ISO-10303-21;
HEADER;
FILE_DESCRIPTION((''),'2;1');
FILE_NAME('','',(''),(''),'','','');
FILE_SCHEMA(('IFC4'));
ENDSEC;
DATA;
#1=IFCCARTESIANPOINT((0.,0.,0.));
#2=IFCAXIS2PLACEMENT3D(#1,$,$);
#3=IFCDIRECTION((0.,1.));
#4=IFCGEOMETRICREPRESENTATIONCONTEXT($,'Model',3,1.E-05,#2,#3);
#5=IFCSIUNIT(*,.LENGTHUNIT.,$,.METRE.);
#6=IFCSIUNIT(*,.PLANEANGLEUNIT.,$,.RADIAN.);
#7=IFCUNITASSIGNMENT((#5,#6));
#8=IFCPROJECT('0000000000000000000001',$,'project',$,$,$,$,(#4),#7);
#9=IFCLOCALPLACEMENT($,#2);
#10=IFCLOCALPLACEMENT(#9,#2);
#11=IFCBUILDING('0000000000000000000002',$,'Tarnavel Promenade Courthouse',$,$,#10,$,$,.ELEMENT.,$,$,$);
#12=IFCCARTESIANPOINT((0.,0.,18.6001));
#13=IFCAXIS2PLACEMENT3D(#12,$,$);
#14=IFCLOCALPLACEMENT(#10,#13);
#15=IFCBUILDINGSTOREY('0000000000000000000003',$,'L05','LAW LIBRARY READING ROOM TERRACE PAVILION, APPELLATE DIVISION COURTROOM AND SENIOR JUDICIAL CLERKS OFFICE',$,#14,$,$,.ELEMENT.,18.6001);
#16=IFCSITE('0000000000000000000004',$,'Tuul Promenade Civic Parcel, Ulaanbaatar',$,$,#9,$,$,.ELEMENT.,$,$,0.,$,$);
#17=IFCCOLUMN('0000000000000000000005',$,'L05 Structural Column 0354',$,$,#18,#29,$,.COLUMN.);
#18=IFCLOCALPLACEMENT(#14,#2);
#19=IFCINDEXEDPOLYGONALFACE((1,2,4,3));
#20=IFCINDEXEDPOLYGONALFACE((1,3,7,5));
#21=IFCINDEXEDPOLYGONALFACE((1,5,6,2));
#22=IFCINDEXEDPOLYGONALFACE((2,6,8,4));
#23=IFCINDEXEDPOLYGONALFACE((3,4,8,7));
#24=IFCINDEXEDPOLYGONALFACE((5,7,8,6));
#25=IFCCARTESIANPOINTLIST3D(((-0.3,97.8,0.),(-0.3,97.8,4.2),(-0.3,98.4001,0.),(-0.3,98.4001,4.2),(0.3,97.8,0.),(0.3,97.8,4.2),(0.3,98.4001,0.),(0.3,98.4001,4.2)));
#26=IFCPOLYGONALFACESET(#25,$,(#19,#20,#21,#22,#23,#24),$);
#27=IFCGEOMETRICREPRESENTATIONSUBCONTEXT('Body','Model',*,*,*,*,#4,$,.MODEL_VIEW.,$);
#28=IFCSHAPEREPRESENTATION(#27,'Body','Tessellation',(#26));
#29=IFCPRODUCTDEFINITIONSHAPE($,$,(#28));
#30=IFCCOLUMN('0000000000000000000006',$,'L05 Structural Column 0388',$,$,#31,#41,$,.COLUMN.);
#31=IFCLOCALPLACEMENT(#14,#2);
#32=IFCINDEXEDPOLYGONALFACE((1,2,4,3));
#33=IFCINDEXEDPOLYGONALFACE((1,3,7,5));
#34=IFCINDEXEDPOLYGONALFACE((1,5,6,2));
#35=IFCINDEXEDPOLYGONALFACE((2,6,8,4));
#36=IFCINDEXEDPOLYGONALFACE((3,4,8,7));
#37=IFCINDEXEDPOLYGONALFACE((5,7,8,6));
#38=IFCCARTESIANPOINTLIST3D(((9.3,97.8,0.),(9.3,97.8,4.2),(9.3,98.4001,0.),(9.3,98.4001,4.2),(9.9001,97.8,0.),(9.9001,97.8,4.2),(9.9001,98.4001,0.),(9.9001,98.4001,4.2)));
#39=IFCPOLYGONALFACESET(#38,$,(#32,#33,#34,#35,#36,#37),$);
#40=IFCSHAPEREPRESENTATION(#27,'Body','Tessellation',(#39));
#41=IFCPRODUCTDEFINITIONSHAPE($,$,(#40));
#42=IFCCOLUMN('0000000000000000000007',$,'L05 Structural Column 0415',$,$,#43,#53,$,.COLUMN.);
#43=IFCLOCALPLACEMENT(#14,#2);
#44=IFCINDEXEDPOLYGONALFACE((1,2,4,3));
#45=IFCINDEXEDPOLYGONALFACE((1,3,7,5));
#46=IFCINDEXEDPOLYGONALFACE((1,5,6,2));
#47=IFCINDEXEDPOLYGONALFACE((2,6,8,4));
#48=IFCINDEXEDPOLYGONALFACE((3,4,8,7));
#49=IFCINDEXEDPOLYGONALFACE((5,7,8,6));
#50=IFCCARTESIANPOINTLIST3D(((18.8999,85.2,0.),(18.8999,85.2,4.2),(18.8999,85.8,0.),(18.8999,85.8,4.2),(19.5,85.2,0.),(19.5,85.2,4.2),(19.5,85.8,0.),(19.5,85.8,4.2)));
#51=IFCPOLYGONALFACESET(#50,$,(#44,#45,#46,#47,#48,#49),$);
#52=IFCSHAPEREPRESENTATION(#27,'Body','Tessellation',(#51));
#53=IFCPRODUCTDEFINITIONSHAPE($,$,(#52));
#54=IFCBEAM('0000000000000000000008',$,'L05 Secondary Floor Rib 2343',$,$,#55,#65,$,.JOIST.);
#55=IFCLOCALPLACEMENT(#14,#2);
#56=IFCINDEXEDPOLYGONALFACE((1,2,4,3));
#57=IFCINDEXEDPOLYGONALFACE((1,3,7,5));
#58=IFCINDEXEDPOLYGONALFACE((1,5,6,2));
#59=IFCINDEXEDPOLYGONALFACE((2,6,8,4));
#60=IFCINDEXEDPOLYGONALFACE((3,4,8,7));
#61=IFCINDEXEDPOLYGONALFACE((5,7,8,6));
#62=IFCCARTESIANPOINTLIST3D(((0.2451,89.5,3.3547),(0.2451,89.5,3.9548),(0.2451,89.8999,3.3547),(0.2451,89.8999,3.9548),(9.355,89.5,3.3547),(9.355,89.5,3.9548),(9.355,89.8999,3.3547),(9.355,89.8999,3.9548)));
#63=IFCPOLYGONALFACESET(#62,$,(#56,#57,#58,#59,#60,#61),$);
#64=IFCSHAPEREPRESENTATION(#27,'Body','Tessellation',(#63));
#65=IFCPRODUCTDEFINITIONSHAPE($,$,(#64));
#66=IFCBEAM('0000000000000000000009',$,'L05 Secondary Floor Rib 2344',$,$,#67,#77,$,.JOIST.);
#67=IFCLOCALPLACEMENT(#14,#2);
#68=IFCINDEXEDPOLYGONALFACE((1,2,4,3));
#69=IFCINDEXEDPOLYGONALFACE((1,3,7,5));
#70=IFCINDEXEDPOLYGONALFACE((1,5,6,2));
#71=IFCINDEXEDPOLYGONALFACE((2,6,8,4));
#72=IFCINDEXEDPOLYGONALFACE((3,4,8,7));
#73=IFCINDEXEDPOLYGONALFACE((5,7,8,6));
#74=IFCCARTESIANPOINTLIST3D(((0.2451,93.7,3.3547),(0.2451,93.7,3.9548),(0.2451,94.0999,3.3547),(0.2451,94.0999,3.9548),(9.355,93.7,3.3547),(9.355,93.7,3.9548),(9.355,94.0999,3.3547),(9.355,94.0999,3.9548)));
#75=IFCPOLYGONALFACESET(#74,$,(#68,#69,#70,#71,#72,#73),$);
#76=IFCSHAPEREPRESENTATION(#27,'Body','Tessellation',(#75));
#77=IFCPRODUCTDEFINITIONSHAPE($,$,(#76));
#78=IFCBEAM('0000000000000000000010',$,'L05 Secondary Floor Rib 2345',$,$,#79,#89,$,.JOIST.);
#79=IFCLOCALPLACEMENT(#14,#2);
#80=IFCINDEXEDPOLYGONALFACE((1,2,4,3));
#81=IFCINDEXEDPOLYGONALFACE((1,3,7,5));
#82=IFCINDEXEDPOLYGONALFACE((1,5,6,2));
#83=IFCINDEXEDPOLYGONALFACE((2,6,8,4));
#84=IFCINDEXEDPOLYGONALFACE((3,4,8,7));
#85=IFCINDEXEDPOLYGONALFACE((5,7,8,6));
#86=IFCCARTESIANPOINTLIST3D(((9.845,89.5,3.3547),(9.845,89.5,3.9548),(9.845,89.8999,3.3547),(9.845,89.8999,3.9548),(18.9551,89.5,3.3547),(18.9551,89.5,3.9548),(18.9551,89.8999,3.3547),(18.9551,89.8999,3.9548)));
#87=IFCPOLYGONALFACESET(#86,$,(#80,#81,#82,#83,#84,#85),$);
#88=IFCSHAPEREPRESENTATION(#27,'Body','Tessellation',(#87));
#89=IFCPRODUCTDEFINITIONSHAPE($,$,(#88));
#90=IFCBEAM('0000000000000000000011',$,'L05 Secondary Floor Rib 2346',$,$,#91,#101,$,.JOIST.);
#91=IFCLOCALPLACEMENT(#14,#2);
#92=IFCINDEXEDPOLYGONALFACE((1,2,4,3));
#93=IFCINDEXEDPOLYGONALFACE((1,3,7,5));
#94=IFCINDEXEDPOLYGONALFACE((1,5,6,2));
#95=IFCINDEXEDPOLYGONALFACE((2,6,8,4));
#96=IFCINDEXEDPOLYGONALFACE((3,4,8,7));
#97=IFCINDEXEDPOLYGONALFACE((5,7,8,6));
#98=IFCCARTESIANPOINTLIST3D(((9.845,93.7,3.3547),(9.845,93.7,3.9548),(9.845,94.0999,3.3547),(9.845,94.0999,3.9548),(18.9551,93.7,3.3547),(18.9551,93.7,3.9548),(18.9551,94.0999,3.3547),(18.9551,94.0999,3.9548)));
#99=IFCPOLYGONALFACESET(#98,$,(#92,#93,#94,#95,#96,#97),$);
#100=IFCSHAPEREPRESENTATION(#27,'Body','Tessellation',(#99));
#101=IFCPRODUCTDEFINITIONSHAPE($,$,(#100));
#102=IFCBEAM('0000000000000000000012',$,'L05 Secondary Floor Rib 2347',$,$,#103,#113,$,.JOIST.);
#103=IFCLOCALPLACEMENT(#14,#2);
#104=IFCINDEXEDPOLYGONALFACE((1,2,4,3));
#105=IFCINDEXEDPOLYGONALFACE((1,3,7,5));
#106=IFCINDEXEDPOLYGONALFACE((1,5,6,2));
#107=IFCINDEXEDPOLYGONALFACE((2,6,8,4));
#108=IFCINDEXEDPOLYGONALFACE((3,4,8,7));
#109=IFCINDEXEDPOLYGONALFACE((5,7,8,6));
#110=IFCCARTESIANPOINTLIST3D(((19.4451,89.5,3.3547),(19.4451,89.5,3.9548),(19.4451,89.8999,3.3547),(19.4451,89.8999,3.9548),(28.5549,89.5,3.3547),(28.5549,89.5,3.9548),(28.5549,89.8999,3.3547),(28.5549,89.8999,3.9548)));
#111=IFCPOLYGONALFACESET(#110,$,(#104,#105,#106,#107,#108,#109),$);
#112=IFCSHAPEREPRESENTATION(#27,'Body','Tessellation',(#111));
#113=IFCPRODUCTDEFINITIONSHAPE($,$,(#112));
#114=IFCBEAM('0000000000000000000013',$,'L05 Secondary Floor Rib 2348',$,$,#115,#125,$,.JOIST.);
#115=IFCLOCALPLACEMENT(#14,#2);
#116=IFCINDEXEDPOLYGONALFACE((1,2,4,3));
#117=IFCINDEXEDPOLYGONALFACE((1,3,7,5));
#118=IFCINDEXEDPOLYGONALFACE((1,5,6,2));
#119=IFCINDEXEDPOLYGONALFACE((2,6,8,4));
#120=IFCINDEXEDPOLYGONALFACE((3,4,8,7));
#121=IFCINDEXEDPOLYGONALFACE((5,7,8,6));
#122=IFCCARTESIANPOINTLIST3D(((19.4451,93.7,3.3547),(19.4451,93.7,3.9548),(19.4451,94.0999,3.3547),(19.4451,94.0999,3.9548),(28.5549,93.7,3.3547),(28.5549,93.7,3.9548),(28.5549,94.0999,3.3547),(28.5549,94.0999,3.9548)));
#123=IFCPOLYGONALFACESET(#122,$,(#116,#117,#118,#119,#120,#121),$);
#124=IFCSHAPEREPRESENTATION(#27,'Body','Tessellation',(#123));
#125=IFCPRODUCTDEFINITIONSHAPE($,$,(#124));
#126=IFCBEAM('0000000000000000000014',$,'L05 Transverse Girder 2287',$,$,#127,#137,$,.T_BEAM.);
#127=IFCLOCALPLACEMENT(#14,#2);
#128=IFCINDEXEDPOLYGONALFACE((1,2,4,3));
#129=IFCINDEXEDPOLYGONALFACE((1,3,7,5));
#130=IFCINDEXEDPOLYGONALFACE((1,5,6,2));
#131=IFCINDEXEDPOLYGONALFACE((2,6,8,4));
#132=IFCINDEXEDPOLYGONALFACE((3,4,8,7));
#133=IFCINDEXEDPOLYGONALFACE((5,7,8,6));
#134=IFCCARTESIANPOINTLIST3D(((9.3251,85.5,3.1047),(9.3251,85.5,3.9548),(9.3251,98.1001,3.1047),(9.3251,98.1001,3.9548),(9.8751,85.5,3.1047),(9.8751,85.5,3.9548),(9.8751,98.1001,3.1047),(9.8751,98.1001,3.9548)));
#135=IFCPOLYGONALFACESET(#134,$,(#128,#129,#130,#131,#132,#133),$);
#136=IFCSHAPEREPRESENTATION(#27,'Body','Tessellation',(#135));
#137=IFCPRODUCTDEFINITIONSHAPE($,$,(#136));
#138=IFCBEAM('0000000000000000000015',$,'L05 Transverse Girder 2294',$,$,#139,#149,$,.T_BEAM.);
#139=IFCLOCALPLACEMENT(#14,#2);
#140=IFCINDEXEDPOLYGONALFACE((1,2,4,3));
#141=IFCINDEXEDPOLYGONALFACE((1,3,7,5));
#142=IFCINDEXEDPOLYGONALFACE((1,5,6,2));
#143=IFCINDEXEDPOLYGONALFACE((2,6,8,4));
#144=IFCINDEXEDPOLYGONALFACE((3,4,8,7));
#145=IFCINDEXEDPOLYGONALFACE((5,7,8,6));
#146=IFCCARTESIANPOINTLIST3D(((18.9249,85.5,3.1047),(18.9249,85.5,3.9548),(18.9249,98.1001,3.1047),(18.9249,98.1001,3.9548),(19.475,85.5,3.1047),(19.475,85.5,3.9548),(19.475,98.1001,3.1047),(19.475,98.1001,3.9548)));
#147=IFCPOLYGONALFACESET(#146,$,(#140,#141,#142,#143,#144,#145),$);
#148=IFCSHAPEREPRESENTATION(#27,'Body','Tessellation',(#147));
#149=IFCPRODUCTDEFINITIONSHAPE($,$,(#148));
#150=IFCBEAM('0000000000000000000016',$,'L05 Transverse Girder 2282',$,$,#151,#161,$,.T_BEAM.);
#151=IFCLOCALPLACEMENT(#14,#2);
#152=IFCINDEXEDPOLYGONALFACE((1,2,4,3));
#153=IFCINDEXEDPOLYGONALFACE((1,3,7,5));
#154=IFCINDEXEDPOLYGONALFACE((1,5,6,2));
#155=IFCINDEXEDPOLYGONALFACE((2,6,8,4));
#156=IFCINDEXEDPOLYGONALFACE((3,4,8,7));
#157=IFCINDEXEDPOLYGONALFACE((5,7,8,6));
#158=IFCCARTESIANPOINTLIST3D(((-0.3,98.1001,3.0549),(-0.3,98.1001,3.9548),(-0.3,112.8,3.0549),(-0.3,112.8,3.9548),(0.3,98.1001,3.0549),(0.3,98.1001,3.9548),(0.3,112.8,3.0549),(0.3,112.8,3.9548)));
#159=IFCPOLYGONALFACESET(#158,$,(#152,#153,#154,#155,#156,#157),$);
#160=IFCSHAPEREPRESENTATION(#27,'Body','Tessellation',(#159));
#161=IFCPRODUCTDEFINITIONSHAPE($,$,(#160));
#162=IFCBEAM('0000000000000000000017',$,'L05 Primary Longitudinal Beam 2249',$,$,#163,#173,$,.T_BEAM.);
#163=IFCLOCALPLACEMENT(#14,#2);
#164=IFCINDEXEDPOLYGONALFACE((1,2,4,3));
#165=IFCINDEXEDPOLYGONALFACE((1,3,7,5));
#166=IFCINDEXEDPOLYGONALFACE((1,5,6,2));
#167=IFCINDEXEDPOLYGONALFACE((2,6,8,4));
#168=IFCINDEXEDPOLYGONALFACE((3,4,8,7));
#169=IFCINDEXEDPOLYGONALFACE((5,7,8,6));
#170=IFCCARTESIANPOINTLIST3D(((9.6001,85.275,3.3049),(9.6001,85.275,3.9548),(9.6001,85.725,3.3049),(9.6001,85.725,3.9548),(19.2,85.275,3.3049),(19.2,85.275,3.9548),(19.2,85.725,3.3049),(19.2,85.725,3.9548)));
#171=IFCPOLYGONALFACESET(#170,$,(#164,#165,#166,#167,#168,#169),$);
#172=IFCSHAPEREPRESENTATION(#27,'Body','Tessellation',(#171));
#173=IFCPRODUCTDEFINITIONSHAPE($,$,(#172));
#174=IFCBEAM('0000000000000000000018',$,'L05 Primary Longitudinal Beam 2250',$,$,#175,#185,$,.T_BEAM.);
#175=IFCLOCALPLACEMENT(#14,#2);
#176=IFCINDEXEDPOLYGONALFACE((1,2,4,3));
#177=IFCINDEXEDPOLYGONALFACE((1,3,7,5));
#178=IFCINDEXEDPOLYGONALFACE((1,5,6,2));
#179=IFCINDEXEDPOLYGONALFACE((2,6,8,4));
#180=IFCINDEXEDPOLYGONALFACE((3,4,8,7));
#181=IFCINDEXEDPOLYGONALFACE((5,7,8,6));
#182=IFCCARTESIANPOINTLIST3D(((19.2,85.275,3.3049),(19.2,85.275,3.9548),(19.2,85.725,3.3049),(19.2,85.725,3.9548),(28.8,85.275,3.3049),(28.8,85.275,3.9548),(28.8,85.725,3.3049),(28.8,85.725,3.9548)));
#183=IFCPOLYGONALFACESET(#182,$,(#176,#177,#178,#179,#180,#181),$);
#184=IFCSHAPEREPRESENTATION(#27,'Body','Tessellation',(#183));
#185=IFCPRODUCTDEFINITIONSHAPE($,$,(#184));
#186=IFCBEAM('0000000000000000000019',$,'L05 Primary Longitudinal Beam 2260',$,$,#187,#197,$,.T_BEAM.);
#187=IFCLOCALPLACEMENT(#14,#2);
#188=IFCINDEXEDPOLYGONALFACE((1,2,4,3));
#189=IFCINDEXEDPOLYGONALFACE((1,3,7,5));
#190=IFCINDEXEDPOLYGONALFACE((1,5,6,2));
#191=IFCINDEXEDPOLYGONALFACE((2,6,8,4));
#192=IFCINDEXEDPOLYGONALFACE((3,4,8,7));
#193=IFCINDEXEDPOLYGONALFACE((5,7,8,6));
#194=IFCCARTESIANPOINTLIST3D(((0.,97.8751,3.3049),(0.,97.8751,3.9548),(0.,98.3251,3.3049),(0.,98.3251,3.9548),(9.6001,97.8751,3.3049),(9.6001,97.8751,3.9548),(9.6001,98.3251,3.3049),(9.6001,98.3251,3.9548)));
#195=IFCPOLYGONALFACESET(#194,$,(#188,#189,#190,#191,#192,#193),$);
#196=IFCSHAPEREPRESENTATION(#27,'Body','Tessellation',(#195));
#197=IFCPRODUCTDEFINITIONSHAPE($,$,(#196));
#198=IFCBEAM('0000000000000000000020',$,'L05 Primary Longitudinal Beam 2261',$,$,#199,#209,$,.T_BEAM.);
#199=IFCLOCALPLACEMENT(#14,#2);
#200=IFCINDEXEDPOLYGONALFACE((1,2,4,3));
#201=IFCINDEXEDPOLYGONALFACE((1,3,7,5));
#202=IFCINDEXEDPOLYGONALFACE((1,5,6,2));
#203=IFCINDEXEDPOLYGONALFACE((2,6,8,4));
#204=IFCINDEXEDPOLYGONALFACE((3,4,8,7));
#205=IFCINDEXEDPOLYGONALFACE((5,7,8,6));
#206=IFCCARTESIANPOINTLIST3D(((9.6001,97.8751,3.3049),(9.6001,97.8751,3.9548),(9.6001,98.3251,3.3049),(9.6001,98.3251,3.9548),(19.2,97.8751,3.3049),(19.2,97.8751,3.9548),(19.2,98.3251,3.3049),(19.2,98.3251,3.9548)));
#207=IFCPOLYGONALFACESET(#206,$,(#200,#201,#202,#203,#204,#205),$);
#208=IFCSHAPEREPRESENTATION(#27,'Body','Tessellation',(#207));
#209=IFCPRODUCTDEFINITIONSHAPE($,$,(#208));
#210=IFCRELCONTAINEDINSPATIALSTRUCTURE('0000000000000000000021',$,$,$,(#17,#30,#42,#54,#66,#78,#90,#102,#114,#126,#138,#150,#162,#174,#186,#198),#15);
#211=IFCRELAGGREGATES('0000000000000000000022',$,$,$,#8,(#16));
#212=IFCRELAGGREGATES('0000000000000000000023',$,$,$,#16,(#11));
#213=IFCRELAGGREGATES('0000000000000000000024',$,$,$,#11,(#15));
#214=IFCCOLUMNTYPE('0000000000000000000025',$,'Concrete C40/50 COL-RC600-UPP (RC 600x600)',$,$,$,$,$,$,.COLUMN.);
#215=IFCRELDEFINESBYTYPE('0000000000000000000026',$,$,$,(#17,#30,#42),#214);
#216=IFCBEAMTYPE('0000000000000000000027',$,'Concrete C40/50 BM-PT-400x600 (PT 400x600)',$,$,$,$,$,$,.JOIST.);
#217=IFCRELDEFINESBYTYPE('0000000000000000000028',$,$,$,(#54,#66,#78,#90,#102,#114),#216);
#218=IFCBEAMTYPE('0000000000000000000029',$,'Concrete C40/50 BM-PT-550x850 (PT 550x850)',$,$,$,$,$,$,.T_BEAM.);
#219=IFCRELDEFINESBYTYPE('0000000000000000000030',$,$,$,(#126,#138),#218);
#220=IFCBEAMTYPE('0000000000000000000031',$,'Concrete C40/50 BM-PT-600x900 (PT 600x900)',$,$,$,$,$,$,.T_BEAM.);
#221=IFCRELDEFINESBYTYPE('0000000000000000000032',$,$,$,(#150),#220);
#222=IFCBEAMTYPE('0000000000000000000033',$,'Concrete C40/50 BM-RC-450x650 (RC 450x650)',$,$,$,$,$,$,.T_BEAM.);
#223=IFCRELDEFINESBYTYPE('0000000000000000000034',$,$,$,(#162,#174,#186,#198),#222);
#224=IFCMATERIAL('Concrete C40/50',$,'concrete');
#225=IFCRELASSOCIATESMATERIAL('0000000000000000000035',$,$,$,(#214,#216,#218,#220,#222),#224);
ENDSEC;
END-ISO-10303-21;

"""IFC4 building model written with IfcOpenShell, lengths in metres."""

from ifc_helpers import new_model, si_unit, direction, frame, origin, origin_2d, place, context, subcontext, project, spatial, rectangle, extrude, material, material_profile, profile_set, type_object, element, save


model = new_model("IFC4")

# Units and contexts
model_context = context("Model", 3, precision=1e-05, world=origin(), true_north=direction((0.0, 1.0)))
body_context = subcontext(model_context, "Body", "Model", "MODEL_VIEW")
ifc_project = project(units=[si_unit("LENGTHUNIT", "METRE"), si_unit("PLANEANGLEUNIT", "RADIAN")], contexts=[model_context])

# Site, building, storey
site_placement = place(None, origin())
site = spatial("IfcSite", under=ifc_project, at=site_placement, Name="Tuul Promenade Civic Parcel, Ulaanbaatar", CompositionType="ELEMENT", RefElevation=0.0)
building_placement = place(site_placement, origin())
building = spatial("IfcBuilding", under=site, at=building_placement, Name="Tarnavel Promenade Courthouse", CompositionType="ELEMENT")
storey_placement = place(building_placement, frame((0.0, 0.0, 18.6001)))
storey = spatial("IfcBuildingStorey", under=building, at=storey_placement, Name="L05", Description="LAW LIBRARY READING ROOM TERRACE PAVILION, APPELLATE DIVISION COURTROOM AND SENIOR JUDICIAL CLERKS OFFICE", CompositionType="ELEMENT", Elevation=18.6001)

# Columns
ifc_material_1 = material(Name="Concrete C40/50", Category="concrete")
ifc_material_profile_1 = material_profile(ifc_material_1, rectangle(XDim=0.6001, YDim=0.6001, at=origin_2d()), Name="RC 600x600")
ifc_profile_set_1 = profile_set([ifc_material_profile_1], Name="Concrete C40/50")
column_type = type_object("IfcColumnType", Name="Concrete C40/50 COL-RC600-UPP (RC 600x600)", PredefinedType="COLUMN", material=ifc_profile_set_1)
for number, where, z_axis, x_axis, name in (
    (1, (0.0, 98.1001, 0.0), (0.0, 0.0, 1.0), (1.0, 0.0, 0.0), "L05 Structural Column 0354"),
    (2, (9.6001, 98.1001, 0.0), (0.0, 0.0, 1.0), (1.0, 0.0, 0.0), "L05 Structural Column 0388"),
    (3, (19.2, 85.5, 0.0), (0.0, 0.0, 1.0), (1.0, 0.0, 0.0), "L05 Structural Column 0415"),
):
    element("IfcColumn", number, at=place(storey_placement, frame(where, z_axis=z_axis, x_axis=x_axis)), inside=storey, type_object=column_type, Name=name, PredefinedType="COLUMN", context=body_context, shape_type="SweptSolid", body=[
        extrude(rectangle(XDim=0.6001, YDim=0.6001, at=origin_2d()), origin(), (0.0, 0.0, 1.0), 4.2),
    ])

# Beams
ifc_material_profile_2 = material_profile(ifc_material_1, rectangle(XDim=0.3999, YDim=0.6001, at=origin_2d()), Name="PT 400x600")
ifc_profile_set_2 = profile_set([ifc_material_profile_2], Name="Concrete C40/50")
beam_type_1 = type_object("IfcBeamType", Name="Concrete C40/50 BM-PT-400x600 (PT 400x600)", PredefinedType="JOIST", material=ifc_profile_set_2)
for number, where, z_axis, x_axis, name in (
    (4, (0.2451, 89.7, 3.6548), (1.0, 0.0, 0.0), (0.0, 1.0, 0.0), "L05 Secondary Floor Rib 2343"),
    (5, (0.2451, 93.8999, 3.6548), (1.0, 0.0, 0.0), (0.0, 1.0, 0.0), "L05 Secondary Floor Rib 2344"),
):
    element("IfcBeam", number, at=place(storey_placement, frame(where, z_axis=z_axis, x_axis=x_axis)), inside=storey, type_object=beam_type_1, Name=name, PredefinedType="JOIST", context=body_context, shape_type="SweptSolid", body=[
        extrude(rectangle(XDim=0.3999, YDim=0.6001, at=origin_2d()), origin(), (0.0, 0.0, 1.0), 9.1099),
    ])
for number, where, z_axis, x_axis, name in (
    (6, (9.845, 89.7, 3.6548), (1.0, 0.0, 0.0), (0.0, 1.0, 0.0), "L05 Secondary Floor Rib 2345"),
    (7, (9.845, 93.8999, 3.6548), (1.0, 0.0, 0.0), (0.0, 1.0, 0.0), "L05 Secondary Floor Rib 2346"),
):
    element("IfcBeam", number, at=place(storey_placement, frame(where, z_axis=z_axis, x_axis=x_axis)), inside=storey, type_object=beam_type_1, Name=name, PredefinedType="JOIST", context=body_context, shape_type="SweptSolid", body=[
        extrude(rectangle(XDim=0.3999, YDim=0.6001, at=origin_2d()), origin(), (0.0, 0.0, 1.0), 9.1101),
    ])
for number, where, z_axis, x_axis, name in (
    (8, (19.4451, 89.7, 3.6548), (1.0, 0.0, 0.0), (0.0, 1.0, 0.0), "L05 Secondary Floor Rib 2347"),
    (9, (19.4451, 93.8999, 3.6548), (1.0, 0.0, 0.0), (0.0, 1.0, 0.0), "L05 Secondary Floor Rib 2348"),
):
    element("IfcBeam", number, at=place(storey_placement, frame(where, z_axis=z_axis, x_axis=x_axis)), inside=storey, type_object=beam_type_1, Name=name, PredefinedType="JOIST", context=body_context, shape_type="SweptSolid", body=[
        extrude(rectangle(XDim=0.3999, YDim=0.6001, at=origin_2d()), origin(), (0.0, 0.0, 1.0), 9.1099),
    ])
ifc_material_profile_3 = material_profile(ifc_material_1, rectangle(XDim=0.55, YDim=0.8501, at=origin_2d()), Name="PT 550x850")
ifc_profile_set_3 = profile_set([ifc_material_profile_3], Name="Concrete C40/50")
beam_type_2 = type_object("IfcBeamType", Name="Concrete C40/50 BM-PT-550x850 (PT 550x850)", PredefinedType="T_BEAM", material=ifc_profile_set_3)
for number, where, z_axis, x_axis, name in (
    (10, (9.6001, 85.5, 3.5298), (0.0, 1.0, 0.0), (-1.0, 0.0, 0.0), "L05 Transverse Girder 2287"),
    (11, (19.2, 85.5, 3.5298), (0.0, 1.0, 0.0), (-1.0, 0.0, 0.0), "L05 Transverse Girder 2294"),
):
    element("IfcBeam", number, at=place(storey_placement, frame(where, z_axis=z_axis, x_axis=x_axis)), inside=storey, type_object=beam_type_2, Name=name, PredefinedType="T_BEAM", context=body_context, shape_type="SweptSolid", body=[
        extrude(rectangle(XDim=0.55, YDim=0.8501, at=origin_2d()), origin(), (0.0, 0.0, 1.0), 12.6001),
    ])
ifc_material_profile_4 = material_profile(ifc_material_1, rectangle(XDim=0.6001, YDim=0.8999, at=origin_2d()), Name="PT 600x900")
ifc_profile_set_4 = profile_set([ifc_material_profile_4], Name="Concrete C40/50")
beam_type_3 = type_object("IfcBeamType", Name="Concrete C40/50 BM-PT-600x900 (PT 600x900)", PredefinedType="T_BEAM", material=ifc_profile_set_4)
beam_1_placement = place(storey_placement, frame((0.0, 98.1001, 3.5049), z_axis=(0.0, 1.0, 0.0), x_axis=(-1.0, 0.0, 0.0)))
element("IfcBeam", 12, at=beam_1_placement, inside=storey, type_object=beam_type_3, Name="L05 Transverse Girder 2282", PredefinedType="T_BEAM", context=body_context, shape_type="SweptSolid", body=[
    extrude(rectangle(XDim=0.6001, YDim=0.8999, at=origin_2d()), origin(), (0.0, 0.0, 1.0), 14.7),
])
ifc_material_profile_5 = material_profile(ifc_material_1, rectangle(XDim=0.45, YDim=0.6499, at=origin_2d()), Name="RC 450x650")
ifc_profile_set_5 = profile_set([ifc_material_profile_5], Name="Concrete C40/50")
beam_type_4 = type_object("IfcBeamType", Name="Concrete C40/50 BM-RC-450x650 (RC 450x650)", PredefinedType="T_BEAM", material=ifc_profile_set_5)
beam_2_placement = place(storey_placement, frame((9.6001, 85.5, 3.6299), z_axis=(1.0, 0.0, 0.0), x_axis=(0.0, 1.0, 0.0)))
element("IfcBeam", 13, at=beam_2_placement, inside=storey, type_object=beam_type_4, Name="L05 Primary Longitudinal Beam 2249", PredefinedType="T_BEAM", context=body_context, shape_type="SweptSolid", body=[
    extrude(rectangle(XDim=0.45, YDim=0.6499, at=origin_2d()), origin(), (0.0, 0.0, 1.0), 9.5999),
])
for number, where, z_axis, x_axis, name in (
    (14, (19.2, 85.5, 3.6299), (1.0, 0.0, 0.0), (0.0, 1.0, 0.0), "L05 Primary Longitudinal Beam 2250"),
    (15, (0.0, 98.1001, 3.6299), (1.0, 0.0, 0.0), (0.0, 1.0, 0.0), "L05 Primary Longitudinal Beam 2260"),
):
    element("IfcBeam", number, at=place(storey_placement, frame(where, z_axis=z_axis, x_axis=x_axis)), inside=storey, type_object=beam_type_4, Name=name, PredefinedType="T_BEAM", context=body_context, shape_type="SweptSolid", body=[
        extrude(rectangle(XDim=0.45, YDim=0.6499, at=origin_2d()), origin(), (0.0, 0.0, 1.0), 9.6001),
    ])
beam_3_placement = place(storey_placement, frame((9.6001, 98.1001, 3.6299), z_axis=(1.0, 0.0, 0.0), x_axis=(0.0, 1.0, 0.0)))
element("IfcBeam", 16, at=beam_3_placement, inside=storey, type_object=beam_type_4, Name="L05 Primary Longitudinal Beam 2261", PredefinedType="T_BEAM", context=body_context, shape_type="SweptSolid", body=[
    extrude(rectangle(XDim=0.45, YDim=0.6499, at=origin_2d()), origin(), (0.0, 0.0, 1.0), 9.5999),
])

save(model, "model.ifc")
